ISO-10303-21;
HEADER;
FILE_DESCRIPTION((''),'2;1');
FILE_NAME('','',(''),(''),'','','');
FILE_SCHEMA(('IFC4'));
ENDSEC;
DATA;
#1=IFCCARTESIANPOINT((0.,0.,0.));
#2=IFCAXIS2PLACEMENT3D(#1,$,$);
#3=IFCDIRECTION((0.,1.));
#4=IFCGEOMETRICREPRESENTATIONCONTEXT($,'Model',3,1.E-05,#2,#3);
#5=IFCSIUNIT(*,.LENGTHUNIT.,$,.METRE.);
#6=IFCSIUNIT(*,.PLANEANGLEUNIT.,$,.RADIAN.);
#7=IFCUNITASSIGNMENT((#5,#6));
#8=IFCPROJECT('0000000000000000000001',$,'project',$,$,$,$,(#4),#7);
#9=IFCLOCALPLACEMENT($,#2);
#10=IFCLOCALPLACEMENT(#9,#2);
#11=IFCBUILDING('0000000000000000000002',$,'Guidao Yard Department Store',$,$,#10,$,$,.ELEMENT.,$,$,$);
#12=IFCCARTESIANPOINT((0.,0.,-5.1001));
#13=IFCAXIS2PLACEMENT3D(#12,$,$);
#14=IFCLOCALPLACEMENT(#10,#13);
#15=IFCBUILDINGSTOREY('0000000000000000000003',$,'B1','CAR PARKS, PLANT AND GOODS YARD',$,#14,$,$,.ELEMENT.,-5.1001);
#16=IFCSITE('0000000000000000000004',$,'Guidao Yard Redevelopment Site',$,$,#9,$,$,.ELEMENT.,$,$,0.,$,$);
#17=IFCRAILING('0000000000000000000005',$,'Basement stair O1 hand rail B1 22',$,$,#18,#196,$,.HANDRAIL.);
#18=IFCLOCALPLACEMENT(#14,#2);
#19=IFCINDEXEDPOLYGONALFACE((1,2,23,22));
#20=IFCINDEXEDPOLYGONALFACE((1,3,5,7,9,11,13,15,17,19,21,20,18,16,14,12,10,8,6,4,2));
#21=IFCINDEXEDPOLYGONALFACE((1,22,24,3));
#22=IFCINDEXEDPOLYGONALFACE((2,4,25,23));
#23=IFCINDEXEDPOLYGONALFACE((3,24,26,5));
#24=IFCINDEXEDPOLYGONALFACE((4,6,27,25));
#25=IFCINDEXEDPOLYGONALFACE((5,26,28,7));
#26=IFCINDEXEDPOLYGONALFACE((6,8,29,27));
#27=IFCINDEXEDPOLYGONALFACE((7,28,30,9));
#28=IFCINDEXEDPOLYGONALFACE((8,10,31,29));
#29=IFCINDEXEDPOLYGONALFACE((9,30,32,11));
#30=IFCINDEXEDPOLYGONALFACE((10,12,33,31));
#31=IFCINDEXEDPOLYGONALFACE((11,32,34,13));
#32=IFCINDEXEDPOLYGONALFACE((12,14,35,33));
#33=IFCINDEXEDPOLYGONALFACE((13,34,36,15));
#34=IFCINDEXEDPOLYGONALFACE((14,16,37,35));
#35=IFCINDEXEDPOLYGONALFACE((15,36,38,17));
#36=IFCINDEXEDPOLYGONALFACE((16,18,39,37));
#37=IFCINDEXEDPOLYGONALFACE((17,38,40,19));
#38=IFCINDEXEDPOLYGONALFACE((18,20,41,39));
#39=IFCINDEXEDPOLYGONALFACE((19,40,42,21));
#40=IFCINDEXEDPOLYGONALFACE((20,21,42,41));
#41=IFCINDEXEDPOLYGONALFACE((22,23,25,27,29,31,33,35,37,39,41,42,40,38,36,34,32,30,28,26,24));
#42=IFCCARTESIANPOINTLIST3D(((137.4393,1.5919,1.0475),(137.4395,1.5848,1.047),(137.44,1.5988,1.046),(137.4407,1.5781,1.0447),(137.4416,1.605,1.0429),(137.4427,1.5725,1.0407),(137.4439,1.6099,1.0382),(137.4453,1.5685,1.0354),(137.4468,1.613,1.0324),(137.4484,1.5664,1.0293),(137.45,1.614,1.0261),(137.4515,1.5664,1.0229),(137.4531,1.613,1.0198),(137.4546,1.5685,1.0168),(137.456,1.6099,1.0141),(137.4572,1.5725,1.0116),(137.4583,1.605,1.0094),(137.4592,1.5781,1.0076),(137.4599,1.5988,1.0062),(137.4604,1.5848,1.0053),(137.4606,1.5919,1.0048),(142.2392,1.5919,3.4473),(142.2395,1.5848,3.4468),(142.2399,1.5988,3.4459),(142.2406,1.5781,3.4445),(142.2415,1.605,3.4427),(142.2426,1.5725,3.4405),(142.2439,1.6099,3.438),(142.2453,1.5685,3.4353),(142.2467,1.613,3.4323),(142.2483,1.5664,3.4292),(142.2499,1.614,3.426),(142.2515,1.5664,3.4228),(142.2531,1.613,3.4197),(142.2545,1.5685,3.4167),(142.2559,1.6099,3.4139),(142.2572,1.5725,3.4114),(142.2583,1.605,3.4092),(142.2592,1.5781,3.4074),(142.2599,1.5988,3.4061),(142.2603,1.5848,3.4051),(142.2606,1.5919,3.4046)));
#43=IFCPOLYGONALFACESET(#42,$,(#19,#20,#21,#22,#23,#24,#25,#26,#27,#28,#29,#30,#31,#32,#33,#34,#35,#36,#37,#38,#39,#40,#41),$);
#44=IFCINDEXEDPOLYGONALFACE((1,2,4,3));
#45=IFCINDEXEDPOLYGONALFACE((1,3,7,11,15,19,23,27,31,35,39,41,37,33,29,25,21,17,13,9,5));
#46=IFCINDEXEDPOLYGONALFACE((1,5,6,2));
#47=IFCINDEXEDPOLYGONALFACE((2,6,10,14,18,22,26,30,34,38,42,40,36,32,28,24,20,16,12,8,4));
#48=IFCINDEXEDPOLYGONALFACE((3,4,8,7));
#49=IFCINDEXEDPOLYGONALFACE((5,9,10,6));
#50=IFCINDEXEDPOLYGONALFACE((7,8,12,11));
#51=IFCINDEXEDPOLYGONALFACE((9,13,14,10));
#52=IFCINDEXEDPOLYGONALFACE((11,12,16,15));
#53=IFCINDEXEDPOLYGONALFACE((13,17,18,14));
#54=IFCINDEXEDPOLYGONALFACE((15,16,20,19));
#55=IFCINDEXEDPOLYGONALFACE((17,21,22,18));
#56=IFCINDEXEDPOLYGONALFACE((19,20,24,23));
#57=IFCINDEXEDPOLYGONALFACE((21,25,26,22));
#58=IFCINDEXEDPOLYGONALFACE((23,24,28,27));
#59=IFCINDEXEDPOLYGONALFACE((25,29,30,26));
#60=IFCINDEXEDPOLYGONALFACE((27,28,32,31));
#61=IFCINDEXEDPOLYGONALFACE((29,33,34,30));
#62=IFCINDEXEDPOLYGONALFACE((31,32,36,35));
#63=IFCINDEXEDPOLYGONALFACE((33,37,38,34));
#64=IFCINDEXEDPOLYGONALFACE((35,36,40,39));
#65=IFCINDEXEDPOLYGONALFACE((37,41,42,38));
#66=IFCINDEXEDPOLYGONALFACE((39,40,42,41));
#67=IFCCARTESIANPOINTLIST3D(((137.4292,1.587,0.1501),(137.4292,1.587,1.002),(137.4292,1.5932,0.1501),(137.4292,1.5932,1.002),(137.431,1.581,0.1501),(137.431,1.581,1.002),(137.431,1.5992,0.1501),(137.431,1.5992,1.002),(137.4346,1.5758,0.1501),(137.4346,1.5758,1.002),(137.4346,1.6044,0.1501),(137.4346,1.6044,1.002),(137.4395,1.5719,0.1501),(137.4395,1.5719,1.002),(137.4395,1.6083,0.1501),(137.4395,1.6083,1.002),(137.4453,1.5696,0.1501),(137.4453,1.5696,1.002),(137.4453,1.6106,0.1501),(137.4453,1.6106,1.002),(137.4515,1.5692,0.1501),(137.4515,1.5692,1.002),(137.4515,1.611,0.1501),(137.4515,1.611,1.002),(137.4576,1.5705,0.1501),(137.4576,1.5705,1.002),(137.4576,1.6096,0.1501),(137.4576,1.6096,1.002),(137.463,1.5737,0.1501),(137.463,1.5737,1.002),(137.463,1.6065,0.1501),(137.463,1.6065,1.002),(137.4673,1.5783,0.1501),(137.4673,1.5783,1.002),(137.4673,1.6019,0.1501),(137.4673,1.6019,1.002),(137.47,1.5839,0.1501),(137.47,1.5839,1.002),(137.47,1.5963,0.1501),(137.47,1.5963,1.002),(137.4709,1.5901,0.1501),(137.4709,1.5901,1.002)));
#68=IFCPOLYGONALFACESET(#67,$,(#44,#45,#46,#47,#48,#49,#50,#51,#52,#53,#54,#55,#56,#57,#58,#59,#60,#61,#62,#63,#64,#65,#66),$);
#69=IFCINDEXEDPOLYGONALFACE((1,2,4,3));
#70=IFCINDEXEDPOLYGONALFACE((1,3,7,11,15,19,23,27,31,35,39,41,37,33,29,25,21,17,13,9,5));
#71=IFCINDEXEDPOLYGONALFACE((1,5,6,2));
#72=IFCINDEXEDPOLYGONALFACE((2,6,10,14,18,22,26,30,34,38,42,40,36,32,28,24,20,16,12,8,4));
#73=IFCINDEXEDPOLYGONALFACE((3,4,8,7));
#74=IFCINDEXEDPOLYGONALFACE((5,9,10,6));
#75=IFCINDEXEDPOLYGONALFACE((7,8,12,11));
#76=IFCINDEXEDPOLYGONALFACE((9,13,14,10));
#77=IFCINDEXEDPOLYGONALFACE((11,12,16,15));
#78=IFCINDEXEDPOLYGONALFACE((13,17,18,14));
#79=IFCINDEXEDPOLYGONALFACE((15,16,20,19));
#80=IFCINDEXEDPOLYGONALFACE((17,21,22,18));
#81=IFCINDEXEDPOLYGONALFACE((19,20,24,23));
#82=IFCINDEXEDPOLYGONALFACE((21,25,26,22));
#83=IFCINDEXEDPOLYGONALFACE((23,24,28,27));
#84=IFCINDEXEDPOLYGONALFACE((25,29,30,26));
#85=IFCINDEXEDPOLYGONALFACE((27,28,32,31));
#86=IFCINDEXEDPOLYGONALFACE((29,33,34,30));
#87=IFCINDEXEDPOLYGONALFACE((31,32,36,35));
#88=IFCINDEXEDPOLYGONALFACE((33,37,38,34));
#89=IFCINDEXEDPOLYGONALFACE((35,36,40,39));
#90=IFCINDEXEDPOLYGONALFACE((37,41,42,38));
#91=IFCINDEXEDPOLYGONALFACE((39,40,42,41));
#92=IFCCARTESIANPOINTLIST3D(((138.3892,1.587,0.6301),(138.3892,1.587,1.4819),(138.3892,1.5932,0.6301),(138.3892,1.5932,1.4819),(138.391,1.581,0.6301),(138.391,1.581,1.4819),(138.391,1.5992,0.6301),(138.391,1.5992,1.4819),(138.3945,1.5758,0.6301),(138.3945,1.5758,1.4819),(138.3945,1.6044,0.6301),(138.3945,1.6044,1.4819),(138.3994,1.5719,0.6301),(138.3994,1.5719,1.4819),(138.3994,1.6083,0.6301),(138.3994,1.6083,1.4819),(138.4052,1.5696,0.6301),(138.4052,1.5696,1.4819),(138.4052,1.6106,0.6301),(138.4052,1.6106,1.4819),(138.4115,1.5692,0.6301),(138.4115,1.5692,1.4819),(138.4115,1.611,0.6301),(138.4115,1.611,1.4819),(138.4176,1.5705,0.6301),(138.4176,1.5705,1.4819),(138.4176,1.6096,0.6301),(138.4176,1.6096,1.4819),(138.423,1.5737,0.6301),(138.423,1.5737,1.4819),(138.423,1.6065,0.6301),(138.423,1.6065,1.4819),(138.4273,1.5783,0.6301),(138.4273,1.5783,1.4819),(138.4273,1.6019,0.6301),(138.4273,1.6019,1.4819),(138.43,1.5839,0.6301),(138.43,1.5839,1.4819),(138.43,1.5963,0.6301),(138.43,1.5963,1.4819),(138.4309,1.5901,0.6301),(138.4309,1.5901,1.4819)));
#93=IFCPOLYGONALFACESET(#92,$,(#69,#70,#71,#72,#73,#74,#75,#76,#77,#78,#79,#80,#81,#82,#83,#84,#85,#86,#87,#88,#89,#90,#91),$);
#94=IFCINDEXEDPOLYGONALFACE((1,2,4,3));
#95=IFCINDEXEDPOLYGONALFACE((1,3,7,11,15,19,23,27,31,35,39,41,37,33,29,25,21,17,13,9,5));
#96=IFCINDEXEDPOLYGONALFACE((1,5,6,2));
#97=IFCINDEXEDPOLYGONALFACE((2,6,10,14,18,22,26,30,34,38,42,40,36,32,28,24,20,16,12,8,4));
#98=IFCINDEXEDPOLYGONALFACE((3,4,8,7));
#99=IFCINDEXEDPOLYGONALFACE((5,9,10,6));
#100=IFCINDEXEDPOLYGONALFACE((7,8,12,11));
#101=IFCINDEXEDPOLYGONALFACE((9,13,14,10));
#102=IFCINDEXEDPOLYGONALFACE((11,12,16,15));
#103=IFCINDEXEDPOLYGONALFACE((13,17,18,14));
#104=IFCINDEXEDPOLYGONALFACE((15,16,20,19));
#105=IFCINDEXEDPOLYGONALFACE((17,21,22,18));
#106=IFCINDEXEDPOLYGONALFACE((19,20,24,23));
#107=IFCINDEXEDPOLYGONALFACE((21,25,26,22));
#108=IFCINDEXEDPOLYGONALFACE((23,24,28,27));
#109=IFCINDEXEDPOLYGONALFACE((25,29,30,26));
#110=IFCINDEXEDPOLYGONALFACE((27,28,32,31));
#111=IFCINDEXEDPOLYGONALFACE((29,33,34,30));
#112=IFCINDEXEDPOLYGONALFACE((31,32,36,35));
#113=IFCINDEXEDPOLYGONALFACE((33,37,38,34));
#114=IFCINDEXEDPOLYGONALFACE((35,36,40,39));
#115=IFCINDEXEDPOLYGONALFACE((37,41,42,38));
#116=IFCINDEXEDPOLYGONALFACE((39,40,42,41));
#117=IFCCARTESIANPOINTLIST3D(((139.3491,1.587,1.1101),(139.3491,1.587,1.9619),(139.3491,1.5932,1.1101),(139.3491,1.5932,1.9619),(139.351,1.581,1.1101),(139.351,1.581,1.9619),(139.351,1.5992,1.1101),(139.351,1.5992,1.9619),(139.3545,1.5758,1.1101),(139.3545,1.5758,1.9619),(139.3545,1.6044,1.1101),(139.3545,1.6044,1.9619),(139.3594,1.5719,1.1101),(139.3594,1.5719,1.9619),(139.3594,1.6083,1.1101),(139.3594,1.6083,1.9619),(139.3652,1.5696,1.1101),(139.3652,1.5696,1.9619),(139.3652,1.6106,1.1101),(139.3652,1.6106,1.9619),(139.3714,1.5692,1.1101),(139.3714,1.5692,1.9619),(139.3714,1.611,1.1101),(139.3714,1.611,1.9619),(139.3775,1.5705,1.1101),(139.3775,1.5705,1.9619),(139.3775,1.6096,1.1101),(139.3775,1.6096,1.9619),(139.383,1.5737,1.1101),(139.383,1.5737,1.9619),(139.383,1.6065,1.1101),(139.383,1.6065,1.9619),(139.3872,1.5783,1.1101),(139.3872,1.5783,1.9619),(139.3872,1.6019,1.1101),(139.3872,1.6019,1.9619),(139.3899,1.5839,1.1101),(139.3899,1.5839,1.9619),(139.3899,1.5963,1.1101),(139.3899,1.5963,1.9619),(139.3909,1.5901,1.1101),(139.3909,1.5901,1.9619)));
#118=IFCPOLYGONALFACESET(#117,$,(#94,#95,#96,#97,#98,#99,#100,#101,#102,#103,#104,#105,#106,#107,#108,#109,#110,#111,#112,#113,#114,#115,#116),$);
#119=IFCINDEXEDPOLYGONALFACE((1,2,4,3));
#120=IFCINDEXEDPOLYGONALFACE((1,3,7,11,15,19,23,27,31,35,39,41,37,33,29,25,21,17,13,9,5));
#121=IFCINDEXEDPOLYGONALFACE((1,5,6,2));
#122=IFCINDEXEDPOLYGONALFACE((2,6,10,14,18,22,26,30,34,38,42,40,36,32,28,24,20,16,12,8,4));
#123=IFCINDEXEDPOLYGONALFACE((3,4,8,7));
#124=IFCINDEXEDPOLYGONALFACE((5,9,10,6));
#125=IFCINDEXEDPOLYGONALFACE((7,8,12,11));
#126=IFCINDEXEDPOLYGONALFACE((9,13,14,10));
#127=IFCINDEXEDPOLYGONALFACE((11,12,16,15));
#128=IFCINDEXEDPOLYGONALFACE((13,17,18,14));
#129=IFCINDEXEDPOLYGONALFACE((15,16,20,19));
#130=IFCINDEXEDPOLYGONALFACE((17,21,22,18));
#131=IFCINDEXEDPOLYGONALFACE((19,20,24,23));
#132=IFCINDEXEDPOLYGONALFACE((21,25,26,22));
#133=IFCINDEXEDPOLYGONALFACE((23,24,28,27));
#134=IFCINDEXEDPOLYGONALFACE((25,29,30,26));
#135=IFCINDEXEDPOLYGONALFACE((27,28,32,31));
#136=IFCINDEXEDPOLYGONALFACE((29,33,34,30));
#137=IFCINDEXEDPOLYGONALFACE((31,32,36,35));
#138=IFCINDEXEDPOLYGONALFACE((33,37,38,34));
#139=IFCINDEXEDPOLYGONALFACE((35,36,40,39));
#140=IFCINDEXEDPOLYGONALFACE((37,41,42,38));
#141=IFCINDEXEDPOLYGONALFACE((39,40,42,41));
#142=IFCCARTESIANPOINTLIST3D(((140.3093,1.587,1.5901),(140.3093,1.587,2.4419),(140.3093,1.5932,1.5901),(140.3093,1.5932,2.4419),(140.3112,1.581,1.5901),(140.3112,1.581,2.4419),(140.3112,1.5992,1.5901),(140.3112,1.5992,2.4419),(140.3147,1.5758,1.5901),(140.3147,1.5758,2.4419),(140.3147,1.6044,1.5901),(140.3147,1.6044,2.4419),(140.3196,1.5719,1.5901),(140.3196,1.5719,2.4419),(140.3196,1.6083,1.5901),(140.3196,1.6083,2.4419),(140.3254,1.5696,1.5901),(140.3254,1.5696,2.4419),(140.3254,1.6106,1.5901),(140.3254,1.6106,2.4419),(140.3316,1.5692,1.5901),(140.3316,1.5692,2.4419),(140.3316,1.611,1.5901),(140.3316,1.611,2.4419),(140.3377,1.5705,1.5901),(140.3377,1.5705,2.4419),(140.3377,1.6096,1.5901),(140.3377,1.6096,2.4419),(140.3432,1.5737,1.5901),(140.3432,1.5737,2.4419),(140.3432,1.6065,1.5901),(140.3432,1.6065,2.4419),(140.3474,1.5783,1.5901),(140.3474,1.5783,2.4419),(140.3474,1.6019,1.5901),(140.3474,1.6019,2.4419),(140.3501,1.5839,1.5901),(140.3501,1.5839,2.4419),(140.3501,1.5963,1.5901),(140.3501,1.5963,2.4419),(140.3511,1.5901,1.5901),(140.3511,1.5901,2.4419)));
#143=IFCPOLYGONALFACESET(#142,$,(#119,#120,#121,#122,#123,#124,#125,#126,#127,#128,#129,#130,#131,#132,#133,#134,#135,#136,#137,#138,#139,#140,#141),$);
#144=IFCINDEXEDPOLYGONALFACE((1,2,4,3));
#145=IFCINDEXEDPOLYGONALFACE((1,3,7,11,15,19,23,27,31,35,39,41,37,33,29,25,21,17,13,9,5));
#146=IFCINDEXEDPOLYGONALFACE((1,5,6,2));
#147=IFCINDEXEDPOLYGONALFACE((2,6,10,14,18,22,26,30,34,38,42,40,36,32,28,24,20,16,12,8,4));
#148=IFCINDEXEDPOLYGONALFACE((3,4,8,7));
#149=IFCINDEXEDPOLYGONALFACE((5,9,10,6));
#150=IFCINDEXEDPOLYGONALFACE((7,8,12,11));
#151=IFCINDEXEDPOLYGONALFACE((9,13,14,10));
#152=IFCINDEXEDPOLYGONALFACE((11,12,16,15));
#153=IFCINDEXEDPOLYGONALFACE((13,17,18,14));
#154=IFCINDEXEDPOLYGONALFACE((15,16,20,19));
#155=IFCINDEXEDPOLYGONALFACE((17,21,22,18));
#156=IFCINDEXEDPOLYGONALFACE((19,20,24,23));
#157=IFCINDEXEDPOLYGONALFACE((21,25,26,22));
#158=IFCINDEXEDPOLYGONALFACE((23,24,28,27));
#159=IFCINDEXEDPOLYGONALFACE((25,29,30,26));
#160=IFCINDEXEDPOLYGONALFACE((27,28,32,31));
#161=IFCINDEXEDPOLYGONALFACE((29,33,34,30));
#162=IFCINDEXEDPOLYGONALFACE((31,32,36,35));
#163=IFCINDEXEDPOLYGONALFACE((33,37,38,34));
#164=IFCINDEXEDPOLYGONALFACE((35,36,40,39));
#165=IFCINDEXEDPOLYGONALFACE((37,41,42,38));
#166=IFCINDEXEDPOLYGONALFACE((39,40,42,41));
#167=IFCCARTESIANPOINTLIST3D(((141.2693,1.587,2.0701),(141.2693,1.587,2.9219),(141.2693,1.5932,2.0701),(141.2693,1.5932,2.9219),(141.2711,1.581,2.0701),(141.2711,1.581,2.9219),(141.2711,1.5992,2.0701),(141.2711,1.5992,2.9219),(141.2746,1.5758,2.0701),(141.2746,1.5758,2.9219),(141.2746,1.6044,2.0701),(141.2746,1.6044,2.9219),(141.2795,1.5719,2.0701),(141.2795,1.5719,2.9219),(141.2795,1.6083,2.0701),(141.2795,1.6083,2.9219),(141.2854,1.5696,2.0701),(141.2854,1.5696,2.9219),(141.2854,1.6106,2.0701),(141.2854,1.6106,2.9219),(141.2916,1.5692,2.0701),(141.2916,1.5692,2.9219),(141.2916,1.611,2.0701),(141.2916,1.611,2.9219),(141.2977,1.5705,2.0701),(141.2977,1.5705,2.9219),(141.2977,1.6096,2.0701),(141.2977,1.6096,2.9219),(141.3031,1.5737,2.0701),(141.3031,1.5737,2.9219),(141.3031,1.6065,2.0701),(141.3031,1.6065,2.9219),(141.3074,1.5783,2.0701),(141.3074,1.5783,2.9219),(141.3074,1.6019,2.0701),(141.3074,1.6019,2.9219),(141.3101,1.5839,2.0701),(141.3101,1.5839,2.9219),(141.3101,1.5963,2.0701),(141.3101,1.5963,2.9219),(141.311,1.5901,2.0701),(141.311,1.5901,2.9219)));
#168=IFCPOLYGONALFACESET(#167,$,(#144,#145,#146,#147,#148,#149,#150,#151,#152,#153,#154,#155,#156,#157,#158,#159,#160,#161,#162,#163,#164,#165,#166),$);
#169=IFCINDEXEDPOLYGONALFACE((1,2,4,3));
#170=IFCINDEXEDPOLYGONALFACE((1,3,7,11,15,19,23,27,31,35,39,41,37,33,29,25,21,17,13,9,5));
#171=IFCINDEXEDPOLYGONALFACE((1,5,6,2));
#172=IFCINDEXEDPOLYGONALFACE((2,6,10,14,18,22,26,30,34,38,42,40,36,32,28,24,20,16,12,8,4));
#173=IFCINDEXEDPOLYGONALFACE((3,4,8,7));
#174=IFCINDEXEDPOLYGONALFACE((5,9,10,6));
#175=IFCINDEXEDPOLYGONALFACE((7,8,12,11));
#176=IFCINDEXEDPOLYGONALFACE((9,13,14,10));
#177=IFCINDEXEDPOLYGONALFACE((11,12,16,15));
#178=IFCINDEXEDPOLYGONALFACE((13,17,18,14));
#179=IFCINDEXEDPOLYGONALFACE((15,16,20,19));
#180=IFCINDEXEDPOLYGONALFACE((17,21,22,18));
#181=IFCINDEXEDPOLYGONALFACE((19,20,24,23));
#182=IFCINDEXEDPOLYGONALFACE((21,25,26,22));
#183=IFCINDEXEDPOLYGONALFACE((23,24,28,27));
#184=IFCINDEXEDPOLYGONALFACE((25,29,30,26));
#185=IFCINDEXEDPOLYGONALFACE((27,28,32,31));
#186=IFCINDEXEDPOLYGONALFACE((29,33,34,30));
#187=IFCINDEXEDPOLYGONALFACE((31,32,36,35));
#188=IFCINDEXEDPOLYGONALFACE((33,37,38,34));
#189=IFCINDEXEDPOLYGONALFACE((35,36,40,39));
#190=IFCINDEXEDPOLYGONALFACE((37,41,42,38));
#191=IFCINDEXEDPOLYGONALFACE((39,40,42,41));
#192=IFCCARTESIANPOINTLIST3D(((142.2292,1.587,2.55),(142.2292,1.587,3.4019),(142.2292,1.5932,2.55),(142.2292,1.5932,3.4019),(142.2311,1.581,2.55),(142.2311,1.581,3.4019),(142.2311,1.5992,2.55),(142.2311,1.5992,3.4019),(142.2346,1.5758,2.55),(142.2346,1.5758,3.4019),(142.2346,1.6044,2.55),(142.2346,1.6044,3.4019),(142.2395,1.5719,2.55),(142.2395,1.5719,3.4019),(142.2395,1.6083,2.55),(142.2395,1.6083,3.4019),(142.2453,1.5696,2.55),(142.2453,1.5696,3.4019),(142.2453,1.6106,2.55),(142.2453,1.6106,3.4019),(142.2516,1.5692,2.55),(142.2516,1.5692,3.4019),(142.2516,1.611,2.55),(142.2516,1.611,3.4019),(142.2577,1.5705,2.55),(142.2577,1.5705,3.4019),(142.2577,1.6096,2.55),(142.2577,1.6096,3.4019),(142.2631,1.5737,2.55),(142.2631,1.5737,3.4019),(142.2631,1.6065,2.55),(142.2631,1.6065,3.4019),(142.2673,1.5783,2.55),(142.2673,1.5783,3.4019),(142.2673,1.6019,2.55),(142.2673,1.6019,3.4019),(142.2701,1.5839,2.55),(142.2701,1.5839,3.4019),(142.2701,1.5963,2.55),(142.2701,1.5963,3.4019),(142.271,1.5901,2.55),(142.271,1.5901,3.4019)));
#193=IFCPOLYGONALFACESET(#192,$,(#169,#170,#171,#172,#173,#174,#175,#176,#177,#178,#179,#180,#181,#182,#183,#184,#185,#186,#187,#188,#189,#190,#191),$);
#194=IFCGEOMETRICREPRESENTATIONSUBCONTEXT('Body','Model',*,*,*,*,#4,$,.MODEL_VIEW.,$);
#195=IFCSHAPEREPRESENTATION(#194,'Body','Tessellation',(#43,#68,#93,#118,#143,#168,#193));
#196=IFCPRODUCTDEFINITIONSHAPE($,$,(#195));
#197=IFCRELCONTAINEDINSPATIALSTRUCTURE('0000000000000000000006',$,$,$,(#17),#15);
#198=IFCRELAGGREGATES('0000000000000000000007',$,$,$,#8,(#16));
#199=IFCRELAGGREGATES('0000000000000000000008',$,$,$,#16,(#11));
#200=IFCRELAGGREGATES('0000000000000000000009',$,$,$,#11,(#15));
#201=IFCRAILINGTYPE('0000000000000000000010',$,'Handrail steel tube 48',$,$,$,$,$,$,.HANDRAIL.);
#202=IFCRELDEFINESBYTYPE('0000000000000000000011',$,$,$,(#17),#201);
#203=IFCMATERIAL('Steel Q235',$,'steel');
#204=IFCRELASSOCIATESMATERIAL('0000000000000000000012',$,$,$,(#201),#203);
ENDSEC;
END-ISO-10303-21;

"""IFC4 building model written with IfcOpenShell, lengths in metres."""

from ifc_helpers import new_model, si_unit, direction, frame, origin, origin_2d, place, context, subcontext, project, spatial, circle, extrude, material, type_object, element, save


model = new_model("IFC4")

# Units and contexts
model_context = context("Model", 3, precision=1e-05, world=origin(), true_north=direction((0.0, 1.0)))
body_context = subcontext(model_context, "Body", "Model", "MODEL_VIEW")
ifc_project = project(units=[si_unit("LENGTHUNIT", "METRE"), si_unit("PLANEANGLEUNIT", "RADIAN")], contexts=[model_context])

# Site, building, storey
site_placement = place(None, origin())
site = spatial("IfcSite", under=ifc_project, at=site_placement, Name="Guidao Yard Redevelopment Site", CompositionType="ELEMENT", RefElevation=0.0)
building_placement = place(site_placement, origin())
building = spatial("IfcBuilding", under=site, at=building_placement, Name="Guidao Yard Department Store", CompositionType="ELEMENT")
storey_placement = place(building_placement, frame((0.0, 0.0, -5.1001)))
storey = spatial("IfcBuildingStorey", under=building, at=storey_placement, Name="B1", Description="CAR PARKS, PLANT AND GOODS YARD", CompositionType="ELEMENT", Elevation=-5.1001)

# Railing
ifc_material_1 = material(Name="Steel Q235", Category="steel")
railing_type_1 = type_object("IfcRailingType", Name="Handrail steel tube 48", PredefinedType="HANDRAIL", material=ifc_material_1)
for number, where, name in (
    (1, (137.45, 1.5901, 0.1501), "Basement stair O1 hand rail B1 22"),
):
    element("IfcRailing", number, at=place(storey_placement, frame(where)), inside=storey, type_object=railing_type_1, Name=name, PredefinedType="HANDRAIL", context=body_context, shape_type="SweptSolid", body=[
        extrude(circle(Radius=0.0239, at=origin_2d()), frame((0.0, 0.0, 0.876), z_axis=(0.894436, 0.0, 0.447195), x_axis=(0.0, 1.0, 0.0)), (0.0, 0.0, 1.0), 5.3665),
        extrude(circle(Radius=0.021, at=origin_2d()), origin(), (0.0, 0.0, 1.0), 0.8518),
        extrude(circle(Radius=0.021, at=origin_2d()), frame((0.96, 0.0, 0.48)), (0.0, 0.0, 1.0), 0.8518),
        extrude(circle(Radius=0.021, at=origin_2d()), frame((1.9199, 0.0, 0.96)), (0.0, 0.0, 1.0), 0.8518),
        extrude(circle(Radius=0.021, at=origin_2d()), frame((2.8801, 0.0, 1.4399)), (0.0, 0.0, 1.0), 0.8518),
        extrude(circle(Radius=0.021, at=origin_2d()), frame((3.8401, 0.0, 1.9199)), (0.0, 0.0, 1.0), 0.8518),
        extrude(circle(Radius=0.021, at=origin_2d()), frame((4.8, 0.0, 2.3999)), (0.0, 0.0, 1.0), 0.8518),
    ])

save(model, "model.ifc")
